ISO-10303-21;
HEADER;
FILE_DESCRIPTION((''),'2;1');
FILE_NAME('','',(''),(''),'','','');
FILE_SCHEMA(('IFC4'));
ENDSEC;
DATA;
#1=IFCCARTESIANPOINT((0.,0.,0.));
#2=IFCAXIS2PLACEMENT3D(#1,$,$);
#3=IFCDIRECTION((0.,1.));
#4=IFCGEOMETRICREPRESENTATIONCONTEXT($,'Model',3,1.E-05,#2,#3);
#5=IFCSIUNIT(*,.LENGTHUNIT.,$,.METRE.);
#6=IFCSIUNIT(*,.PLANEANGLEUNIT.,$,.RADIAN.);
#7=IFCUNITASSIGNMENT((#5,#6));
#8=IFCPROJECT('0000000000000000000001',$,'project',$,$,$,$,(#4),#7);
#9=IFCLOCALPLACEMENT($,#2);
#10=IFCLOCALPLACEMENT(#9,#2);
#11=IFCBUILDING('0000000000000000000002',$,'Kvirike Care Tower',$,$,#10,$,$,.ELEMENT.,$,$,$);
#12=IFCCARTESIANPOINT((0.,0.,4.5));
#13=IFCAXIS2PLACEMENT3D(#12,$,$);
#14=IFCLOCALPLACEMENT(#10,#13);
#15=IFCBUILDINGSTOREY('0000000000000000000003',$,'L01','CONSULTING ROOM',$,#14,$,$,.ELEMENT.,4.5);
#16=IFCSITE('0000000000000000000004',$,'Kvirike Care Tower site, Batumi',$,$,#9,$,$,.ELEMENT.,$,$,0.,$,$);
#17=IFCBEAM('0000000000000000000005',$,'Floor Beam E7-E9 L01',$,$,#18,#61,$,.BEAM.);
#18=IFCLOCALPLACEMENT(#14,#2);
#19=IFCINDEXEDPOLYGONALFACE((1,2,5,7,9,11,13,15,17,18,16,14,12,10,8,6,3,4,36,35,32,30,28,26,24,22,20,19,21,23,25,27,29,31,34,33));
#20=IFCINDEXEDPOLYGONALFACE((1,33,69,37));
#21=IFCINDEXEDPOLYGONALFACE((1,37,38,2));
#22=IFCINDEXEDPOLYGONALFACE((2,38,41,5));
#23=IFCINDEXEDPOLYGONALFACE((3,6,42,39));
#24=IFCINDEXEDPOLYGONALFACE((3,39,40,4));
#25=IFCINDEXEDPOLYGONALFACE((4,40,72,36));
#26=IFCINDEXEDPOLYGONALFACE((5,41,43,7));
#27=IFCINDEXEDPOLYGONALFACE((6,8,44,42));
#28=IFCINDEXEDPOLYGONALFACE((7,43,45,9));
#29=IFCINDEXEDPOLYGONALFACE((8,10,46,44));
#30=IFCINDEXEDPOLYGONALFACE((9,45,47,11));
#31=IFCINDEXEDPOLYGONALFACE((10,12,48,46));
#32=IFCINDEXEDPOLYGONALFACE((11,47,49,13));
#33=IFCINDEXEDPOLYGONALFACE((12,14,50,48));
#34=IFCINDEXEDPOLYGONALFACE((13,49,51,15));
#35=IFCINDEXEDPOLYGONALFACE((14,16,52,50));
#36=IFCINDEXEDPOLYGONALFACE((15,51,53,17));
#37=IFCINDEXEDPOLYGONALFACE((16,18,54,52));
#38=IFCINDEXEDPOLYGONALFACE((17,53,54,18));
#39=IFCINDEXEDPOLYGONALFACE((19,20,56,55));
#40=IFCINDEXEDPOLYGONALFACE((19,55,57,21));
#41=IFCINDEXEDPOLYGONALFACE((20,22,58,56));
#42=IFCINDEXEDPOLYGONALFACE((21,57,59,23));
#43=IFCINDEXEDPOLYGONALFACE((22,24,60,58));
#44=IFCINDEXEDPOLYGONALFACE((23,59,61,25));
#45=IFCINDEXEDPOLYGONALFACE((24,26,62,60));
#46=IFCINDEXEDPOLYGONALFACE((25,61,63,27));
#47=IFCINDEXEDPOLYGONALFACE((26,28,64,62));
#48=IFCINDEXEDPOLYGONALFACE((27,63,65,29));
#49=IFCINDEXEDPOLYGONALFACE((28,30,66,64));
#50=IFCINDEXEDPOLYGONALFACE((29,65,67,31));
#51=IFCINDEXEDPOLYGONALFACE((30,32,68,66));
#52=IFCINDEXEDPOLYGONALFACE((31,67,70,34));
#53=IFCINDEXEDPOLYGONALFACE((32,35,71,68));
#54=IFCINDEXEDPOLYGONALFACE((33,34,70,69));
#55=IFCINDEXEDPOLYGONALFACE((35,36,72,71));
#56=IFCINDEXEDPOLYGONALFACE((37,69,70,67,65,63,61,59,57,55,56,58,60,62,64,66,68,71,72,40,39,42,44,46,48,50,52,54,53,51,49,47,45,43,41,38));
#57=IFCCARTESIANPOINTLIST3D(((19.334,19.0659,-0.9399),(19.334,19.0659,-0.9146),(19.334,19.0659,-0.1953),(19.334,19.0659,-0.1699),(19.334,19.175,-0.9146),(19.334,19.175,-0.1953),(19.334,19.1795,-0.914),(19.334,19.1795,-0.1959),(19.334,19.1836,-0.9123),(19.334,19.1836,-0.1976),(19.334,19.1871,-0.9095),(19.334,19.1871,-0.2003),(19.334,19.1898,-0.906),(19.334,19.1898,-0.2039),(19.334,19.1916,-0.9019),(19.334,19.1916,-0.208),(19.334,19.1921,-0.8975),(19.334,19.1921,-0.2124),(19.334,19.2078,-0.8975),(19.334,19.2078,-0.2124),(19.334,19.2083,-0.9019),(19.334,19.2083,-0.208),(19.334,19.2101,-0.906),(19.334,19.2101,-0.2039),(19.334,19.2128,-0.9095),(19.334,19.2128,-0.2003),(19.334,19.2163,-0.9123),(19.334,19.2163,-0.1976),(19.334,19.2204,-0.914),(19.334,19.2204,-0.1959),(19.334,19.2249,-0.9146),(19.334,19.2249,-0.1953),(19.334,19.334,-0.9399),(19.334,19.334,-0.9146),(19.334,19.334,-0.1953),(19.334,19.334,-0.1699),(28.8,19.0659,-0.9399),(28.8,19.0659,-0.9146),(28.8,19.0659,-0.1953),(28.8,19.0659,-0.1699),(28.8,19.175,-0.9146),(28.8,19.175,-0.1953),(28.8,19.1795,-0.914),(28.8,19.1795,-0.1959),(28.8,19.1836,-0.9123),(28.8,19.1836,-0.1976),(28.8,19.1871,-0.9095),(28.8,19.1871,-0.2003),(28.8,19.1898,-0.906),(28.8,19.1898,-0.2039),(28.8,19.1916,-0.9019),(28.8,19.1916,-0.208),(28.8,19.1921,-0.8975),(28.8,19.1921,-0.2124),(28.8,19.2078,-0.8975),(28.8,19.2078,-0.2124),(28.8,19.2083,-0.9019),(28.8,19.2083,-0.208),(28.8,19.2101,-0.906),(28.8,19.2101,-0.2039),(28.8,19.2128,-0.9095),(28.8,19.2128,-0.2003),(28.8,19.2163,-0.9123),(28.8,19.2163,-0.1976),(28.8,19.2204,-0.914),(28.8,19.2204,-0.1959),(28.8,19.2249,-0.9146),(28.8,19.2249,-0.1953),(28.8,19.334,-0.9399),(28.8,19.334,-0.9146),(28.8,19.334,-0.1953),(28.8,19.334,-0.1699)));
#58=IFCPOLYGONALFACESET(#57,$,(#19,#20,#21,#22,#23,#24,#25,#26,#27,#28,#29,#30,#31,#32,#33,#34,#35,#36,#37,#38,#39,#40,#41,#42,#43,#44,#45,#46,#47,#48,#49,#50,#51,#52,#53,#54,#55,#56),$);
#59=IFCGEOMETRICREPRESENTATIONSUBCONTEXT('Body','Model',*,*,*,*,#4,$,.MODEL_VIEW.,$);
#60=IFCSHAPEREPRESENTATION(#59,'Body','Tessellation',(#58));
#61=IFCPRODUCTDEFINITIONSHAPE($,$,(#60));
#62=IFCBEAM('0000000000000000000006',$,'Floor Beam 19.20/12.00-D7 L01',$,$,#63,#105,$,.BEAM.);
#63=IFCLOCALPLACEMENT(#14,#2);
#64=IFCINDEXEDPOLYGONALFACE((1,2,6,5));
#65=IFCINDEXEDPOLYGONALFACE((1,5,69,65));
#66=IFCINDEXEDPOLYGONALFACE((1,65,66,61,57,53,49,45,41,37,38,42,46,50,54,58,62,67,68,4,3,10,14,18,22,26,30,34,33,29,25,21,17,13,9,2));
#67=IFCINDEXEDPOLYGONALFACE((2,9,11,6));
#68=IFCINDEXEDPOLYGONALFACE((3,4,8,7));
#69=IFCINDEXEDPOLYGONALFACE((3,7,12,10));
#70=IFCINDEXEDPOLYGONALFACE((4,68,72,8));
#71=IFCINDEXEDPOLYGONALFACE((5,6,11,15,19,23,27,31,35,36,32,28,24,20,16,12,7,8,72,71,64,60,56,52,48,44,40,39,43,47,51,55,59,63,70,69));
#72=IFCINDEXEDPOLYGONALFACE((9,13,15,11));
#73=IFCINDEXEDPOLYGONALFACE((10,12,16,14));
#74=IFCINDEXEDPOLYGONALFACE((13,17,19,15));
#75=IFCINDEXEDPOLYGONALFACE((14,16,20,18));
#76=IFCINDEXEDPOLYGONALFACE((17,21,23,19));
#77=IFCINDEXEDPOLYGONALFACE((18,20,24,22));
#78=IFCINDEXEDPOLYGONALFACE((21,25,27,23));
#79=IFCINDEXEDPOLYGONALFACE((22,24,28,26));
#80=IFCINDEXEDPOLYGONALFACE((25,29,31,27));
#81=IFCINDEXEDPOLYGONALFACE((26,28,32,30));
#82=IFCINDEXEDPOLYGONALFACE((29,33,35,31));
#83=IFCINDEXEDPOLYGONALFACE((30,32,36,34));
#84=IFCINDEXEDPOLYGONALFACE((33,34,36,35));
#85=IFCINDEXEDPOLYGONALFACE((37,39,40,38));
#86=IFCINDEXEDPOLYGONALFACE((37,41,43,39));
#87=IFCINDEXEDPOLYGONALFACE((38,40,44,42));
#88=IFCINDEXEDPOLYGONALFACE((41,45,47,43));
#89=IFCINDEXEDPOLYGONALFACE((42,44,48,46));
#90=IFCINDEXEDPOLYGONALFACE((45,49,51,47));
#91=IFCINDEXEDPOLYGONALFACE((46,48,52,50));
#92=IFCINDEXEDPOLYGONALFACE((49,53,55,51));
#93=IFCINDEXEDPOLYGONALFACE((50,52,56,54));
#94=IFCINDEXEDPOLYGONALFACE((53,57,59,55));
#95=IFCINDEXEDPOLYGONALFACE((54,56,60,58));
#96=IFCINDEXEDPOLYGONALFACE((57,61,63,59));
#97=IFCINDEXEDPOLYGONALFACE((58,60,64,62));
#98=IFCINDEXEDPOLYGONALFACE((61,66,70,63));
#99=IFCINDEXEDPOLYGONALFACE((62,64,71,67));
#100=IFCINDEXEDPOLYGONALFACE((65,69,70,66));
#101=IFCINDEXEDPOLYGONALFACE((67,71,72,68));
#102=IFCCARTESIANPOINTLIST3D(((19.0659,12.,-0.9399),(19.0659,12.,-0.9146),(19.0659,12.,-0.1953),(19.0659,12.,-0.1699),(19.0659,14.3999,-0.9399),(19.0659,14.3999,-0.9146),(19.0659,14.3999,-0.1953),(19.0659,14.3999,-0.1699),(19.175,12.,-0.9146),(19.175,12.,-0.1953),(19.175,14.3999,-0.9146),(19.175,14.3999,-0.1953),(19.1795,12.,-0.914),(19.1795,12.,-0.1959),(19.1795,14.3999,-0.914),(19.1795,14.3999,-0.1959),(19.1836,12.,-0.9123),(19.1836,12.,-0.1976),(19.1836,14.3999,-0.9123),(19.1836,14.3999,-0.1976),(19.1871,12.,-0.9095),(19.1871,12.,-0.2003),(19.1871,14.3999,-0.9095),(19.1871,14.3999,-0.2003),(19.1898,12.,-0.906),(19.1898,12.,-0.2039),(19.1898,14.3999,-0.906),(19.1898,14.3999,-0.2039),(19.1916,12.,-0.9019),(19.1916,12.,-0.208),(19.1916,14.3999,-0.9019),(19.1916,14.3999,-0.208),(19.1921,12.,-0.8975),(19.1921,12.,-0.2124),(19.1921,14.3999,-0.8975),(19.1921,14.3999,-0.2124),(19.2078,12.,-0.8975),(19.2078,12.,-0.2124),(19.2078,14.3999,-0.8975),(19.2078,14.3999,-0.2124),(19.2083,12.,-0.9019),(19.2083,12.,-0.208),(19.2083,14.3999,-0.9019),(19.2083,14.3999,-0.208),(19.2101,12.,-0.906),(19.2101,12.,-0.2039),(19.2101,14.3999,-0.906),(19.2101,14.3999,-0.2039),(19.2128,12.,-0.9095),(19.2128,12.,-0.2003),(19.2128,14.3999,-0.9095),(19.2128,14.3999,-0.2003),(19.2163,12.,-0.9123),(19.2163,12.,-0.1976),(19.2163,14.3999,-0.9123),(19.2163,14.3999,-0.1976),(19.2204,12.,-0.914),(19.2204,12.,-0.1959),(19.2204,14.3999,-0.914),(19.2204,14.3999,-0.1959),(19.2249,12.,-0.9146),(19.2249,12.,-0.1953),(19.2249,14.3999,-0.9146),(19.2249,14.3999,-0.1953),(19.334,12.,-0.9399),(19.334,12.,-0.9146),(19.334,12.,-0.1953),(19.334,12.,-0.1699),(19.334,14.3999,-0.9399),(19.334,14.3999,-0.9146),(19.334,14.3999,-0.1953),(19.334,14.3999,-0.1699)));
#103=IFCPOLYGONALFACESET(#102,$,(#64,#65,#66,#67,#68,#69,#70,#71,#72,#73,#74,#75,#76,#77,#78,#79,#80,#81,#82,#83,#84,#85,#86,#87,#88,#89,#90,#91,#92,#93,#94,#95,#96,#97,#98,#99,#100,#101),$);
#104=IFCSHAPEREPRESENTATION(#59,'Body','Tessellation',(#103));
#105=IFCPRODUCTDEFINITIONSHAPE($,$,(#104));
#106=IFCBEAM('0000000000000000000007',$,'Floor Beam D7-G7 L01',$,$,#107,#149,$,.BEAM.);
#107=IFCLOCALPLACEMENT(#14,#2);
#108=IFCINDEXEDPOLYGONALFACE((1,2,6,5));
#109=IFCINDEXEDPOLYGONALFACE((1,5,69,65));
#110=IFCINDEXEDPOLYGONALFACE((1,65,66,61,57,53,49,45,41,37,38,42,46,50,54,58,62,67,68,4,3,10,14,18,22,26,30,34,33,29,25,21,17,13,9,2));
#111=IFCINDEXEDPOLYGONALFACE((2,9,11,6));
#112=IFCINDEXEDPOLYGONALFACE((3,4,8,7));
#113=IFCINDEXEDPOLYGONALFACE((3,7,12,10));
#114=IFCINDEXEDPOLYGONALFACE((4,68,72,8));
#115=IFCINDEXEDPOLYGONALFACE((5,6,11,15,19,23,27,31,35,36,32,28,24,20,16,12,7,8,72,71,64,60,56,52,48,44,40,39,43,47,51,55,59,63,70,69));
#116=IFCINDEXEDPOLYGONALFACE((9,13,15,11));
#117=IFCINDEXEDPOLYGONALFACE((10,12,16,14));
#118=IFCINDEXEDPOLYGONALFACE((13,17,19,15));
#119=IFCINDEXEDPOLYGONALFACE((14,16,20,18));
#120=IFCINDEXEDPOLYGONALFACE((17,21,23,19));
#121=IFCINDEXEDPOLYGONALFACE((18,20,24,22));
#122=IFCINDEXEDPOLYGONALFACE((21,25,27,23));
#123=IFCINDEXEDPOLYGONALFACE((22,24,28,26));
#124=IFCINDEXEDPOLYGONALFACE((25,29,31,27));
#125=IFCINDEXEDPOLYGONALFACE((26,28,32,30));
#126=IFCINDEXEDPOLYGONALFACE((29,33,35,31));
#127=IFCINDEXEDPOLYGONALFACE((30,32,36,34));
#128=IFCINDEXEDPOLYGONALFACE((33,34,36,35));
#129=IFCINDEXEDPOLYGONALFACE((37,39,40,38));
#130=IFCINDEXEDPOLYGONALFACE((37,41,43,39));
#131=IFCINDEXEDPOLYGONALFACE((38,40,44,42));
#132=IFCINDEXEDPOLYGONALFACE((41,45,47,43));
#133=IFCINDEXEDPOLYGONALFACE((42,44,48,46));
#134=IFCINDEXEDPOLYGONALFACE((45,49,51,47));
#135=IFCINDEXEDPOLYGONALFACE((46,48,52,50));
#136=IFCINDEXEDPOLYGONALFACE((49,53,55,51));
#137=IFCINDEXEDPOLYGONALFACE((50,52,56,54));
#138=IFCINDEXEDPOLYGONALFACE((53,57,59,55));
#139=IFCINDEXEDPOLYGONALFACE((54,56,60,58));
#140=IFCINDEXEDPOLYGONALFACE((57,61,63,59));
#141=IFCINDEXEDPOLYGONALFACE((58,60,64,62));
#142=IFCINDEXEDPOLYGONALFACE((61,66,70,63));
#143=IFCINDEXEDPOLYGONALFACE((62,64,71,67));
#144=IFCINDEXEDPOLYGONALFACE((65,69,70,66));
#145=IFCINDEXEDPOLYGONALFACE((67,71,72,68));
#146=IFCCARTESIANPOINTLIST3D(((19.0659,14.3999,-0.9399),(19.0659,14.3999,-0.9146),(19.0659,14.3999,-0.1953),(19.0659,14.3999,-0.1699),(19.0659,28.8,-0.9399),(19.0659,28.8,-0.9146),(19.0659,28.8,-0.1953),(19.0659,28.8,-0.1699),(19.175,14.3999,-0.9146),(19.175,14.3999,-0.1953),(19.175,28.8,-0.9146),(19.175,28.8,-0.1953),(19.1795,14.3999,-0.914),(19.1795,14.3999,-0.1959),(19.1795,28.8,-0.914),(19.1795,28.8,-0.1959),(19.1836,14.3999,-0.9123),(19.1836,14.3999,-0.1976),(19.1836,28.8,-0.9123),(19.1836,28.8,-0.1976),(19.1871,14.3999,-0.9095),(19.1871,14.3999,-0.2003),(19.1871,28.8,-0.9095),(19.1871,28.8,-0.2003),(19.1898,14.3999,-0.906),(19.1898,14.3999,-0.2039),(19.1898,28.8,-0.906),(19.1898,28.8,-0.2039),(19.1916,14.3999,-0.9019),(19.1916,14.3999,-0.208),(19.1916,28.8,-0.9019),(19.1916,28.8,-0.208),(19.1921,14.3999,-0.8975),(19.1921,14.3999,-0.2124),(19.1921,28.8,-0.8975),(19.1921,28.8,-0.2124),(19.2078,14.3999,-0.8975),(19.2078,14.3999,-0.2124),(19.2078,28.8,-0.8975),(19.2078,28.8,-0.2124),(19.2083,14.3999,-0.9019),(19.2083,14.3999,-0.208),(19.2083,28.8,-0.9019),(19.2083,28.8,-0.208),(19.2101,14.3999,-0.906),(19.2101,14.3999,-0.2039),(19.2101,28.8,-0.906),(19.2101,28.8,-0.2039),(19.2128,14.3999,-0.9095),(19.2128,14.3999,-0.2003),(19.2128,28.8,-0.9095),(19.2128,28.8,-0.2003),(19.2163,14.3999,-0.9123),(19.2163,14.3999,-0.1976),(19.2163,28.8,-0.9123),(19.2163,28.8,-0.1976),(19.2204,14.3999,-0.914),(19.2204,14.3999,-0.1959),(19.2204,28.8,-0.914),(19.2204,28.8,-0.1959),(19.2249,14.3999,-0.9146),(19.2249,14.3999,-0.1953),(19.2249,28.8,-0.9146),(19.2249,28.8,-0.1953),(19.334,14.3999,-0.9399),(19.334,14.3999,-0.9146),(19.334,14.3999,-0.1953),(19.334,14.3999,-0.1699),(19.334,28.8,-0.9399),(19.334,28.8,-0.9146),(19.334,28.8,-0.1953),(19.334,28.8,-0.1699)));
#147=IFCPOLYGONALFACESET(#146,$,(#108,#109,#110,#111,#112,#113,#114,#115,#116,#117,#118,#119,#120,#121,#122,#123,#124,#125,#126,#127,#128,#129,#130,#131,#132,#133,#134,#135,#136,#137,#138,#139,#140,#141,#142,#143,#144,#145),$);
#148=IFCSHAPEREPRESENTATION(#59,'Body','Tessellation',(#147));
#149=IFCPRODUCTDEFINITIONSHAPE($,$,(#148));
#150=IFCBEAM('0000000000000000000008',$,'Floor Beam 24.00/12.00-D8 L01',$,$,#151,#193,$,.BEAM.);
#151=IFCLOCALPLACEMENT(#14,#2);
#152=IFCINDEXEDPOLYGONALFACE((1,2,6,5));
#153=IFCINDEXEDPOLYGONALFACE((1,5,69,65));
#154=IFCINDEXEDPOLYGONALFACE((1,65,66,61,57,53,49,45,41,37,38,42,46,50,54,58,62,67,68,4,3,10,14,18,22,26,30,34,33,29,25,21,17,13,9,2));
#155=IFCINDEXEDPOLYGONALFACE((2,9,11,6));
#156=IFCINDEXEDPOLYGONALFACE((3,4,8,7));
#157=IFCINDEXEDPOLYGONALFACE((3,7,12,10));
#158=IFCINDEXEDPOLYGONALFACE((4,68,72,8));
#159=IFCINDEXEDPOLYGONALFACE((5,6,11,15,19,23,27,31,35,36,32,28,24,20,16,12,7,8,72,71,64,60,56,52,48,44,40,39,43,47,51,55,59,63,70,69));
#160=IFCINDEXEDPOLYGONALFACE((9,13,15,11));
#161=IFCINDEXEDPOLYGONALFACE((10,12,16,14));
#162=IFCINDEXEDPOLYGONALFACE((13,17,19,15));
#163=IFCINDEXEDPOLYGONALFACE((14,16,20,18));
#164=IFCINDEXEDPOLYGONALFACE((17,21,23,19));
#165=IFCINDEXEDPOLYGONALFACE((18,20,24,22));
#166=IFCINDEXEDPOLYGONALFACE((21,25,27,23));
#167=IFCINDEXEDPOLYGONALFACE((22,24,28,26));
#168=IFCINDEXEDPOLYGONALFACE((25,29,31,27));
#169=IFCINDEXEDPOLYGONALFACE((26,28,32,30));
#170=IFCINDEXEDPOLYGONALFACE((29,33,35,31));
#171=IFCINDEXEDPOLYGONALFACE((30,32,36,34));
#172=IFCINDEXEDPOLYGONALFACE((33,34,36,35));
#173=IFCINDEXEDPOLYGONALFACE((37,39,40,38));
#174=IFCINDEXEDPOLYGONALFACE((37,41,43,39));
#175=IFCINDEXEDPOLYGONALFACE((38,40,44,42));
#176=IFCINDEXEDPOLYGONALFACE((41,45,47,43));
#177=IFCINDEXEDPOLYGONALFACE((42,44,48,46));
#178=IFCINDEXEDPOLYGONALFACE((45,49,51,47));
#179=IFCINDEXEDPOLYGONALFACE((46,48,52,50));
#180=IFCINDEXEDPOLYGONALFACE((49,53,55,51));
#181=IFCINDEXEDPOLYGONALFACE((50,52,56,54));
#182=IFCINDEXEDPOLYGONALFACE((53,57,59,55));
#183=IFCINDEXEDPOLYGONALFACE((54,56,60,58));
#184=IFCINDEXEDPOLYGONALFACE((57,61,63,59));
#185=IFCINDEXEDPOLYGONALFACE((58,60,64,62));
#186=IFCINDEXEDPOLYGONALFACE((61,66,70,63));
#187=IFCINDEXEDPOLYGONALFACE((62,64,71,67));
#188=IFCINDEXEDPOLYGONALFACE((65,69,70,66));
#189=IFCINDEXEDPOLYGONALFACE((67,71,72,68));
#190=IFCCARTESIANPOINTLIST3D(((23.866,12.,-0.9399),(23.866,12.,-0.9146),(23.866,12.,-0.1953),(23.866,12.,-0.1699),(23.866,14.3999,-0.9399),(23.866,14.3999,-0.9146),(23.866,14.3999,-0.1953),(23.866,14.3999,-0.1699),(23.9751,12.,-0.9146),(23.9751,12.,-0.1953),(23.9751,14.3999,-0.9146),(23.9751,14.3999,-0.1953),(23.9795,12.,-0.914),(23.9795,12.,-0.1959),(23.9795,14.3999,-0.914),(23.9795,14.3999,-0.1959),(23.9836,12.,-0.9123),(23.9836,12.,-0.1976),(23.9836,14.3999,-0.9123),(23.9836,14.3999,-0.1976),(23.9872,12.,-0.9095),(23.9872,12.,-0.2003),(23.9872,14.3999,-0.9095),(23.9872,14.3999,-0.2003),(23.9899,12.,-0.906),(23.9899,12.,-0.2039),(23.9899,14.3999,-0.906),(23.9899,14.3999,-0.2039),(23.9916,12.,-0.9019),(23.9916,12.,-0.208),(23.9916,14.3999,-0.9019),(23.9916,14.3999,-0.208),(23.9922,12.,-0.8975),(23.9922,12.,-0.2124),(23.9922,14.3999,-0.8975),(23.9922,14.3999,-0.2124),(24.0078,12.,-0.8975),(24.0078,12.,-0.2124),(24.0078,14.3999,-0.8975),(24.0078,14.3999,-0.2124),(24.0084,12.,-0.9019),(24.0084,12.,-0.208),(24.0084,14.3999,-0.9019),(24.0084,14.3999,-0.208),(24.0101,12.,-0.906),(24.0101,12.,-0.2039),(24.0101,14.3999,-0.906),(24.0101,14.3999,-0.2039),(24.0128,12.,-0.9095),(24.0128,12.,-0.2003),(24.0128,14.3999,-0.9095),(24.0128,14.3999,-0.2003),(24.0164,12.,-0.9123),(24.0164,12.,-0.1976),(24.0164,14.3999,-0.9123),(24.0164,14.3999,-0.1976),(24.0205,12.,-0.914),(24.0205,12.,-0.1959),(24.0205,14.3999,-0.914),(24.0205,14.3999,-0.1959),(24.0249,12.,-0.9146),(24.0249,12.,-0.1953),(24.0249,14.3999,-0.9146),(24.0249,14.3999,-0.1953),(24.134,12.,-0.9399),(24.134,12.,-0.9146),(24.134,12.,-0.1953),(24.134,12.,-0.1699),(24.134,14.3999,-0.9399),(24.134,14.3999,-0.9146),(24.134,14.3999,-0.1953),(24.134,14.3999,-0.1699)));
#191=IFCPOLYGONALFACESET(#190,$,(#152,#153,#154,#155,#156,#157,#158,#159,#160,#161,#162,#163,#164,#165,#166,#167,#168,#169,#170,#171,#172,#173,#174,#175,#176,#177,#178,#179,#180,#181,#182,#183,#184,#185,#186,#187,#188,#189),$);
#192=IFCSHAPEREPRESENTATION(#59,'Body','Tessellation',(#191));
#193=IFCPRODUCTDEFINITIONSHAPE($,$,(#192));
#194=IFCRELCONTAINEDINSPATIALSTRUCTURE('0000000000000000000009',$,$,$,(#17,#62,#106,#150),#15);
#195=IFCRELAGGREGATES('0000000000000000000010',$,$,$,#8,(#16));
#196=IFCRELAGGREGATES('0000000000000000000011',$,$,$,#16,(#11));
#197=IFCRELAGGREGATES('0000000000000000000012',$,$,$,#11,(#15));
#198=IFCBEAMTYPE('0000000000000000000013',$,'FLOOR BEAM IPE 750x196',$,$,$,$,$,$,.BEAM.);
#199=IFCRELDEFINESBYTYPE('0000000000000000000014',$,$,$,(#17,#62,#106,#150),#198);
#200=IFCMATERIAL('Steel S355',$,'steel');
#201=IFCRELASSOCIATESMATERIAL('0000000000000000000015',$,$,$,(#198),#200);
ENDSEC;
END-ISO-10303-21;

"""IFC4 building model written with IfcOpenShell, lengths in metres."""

from ifc_helpers import new_model, si_unit, direction, frame, origin, origin_2d, place, context, subcontext, project, spatial, i_section, extrude, material, material_profile, profile_set, type_object, element, save


model = new_model("IFC4")

# Units and contexts
model_context = context("Model", 3, precision=1e-05, world=origin(), true_north=direction((0.0, 1.0)))
body_context = subcontext(model_context, "Body", "Model", "MODEL_VIEW")
ifc_project = project(units=[si_unit("LENGTHUNIT", "METRE"), si_unit("PLANEANGLEUNIT", "RADIAN")], contexts=[model_context])

# Site, building, storey
site_placement = place(None, origin())
site = spatial("IfcSite", under=ifc_project, at=site_placement, Name="Kvirike Care Tower site, Batumi", CompositionType="ELEMENT", RefElevation=0.0)
building_placement = place(site_placement, origin())
building = spatial("IfcBuilding", under=site, at=building_placement, Name="Kvirike Care Tower", CompositionType="ELEMENT")
storey_placement = place(building_placement, frame((0.0, 0.0, 4.5)))
storey = spatial("IfcBuildingStorey", under=building, at=storey_placement, Name="L01", Description="CONSULTING ROOM", CompositionType="ELEMENT", Elevation=4.5)

# Beams
ifc_material_1 = material(Name="Steel S355", Category="steel")
ifc_material_profile_1 = material_profile(ifc_material_1, i_section(OverallWidth=0.2681, OverallDepth=0.77, WebThickness=0.0156, FlangeThickness=0.0254, FilletRadius=0.0171, at=origin_2d()), Name="IPE 750x196")
ifc_profile_set_1 = profile_set([ifc_material_profile_1], Name="Steel S355")
beam_type_1 = type_object("IfcBeamType", Name="FLOOR BEAM IPE 750x196", PredefinedType="BEAM", material=ifc_profile_set_1)
beam_1_placement = place(storey_placement, frame((19.334, 19.2, -0.5549), z_axis=(1.0, 0.0, 0.0), x_axis=(0.0, 1.0, 0.0)))
element("IfcBeam", 1, at=beam_1_placement, inside=storey, type_object=beam_type_1, Name="Floor Beam E7-E9 L01", PredefinedType="BEAM", context=body_context, shape_type="SweptSolid", body=[
    extrude(i_section(OverallWidth=0.2681, OverallDepth=0.77, WebThickness=0.0156, FlangeThickness=0.0254, FilletRadius=0.0171, at=origin_2d()), origin(), (0.0, 0.0, 1.0), 9.4661),
])
beam_2_placement = place(storey_placement, frame((19.2, 12.0, -0.5549), z_axis=(0.0, 1.0, 0.0), x_axis=(-1.0, 0.0, 0.0)))
element("IfcBeam", 2, at=beam_2_placement, inside=storey, type_object=beam_type_1, Name="Floor Beam 19.20/12.00-D7 L01", PredefinedType="BEAM", context=body_context, shape_type="SweptSolid", body=[
    extrude(i_section(OverallWidth=0.2681, OverallDepth=0.77, WebThickness=0.0156, FlangeThickness=0.0254, FilletRadius=0.0171, at=origin_2d()), origin(), (0.0, 0.0, 1.0), 2.3999),
])
beam_3_placement = place(storey_placement, frame((19.2, 14.3999, -0.5549), z_axis=(0.0, 1.0, 0.0), x_axis=(-1.0, 0.0, 0.0)))
element("IfcBeam", 3, at=beam_3_placement, inside=storey, type_object=beam_type_1, Name="Floor Beam D7-G7 L01", PredefinedType="BEAM", context=body_context, shape_type="SweptSolid", body=[
    extrude(i_section(OverallWidth=0.2681, OverallDepth=0.77, WebThickness=0.0156, FlangeThickness=0.0254, FilletRadius=0.0171, at=origin_2d()), origin(), (0.0, 0.0, 1.0), 14.4001),
])
beam_4_placement = place(storey_placement, frame((24.0, 12.0, -0.5549), z_axis=(0.0, 1.0, 0.0), x_axis=(-1.0, 0.0, 0.0)))
element("IfcBeam", 4, at=beam_4_placement, inside=storey, type_object=beam_type_1, Name="Floor Beam 24.00/12.00-D8 L01", PredefinedType="BEAM", context=body_context, shape_type="SweptSolid", body=[
    extrude(i_section(OverallWidth=0.2681, OverallDepth=0.77, WebThickness=0.0156, FlangeThickness=0.0254, FilletRadius=0.0171, at=origin_2d()), origin(), (0.0, 0.0, 1.0), 2.3999),
])

save(model, "model.ifc")
